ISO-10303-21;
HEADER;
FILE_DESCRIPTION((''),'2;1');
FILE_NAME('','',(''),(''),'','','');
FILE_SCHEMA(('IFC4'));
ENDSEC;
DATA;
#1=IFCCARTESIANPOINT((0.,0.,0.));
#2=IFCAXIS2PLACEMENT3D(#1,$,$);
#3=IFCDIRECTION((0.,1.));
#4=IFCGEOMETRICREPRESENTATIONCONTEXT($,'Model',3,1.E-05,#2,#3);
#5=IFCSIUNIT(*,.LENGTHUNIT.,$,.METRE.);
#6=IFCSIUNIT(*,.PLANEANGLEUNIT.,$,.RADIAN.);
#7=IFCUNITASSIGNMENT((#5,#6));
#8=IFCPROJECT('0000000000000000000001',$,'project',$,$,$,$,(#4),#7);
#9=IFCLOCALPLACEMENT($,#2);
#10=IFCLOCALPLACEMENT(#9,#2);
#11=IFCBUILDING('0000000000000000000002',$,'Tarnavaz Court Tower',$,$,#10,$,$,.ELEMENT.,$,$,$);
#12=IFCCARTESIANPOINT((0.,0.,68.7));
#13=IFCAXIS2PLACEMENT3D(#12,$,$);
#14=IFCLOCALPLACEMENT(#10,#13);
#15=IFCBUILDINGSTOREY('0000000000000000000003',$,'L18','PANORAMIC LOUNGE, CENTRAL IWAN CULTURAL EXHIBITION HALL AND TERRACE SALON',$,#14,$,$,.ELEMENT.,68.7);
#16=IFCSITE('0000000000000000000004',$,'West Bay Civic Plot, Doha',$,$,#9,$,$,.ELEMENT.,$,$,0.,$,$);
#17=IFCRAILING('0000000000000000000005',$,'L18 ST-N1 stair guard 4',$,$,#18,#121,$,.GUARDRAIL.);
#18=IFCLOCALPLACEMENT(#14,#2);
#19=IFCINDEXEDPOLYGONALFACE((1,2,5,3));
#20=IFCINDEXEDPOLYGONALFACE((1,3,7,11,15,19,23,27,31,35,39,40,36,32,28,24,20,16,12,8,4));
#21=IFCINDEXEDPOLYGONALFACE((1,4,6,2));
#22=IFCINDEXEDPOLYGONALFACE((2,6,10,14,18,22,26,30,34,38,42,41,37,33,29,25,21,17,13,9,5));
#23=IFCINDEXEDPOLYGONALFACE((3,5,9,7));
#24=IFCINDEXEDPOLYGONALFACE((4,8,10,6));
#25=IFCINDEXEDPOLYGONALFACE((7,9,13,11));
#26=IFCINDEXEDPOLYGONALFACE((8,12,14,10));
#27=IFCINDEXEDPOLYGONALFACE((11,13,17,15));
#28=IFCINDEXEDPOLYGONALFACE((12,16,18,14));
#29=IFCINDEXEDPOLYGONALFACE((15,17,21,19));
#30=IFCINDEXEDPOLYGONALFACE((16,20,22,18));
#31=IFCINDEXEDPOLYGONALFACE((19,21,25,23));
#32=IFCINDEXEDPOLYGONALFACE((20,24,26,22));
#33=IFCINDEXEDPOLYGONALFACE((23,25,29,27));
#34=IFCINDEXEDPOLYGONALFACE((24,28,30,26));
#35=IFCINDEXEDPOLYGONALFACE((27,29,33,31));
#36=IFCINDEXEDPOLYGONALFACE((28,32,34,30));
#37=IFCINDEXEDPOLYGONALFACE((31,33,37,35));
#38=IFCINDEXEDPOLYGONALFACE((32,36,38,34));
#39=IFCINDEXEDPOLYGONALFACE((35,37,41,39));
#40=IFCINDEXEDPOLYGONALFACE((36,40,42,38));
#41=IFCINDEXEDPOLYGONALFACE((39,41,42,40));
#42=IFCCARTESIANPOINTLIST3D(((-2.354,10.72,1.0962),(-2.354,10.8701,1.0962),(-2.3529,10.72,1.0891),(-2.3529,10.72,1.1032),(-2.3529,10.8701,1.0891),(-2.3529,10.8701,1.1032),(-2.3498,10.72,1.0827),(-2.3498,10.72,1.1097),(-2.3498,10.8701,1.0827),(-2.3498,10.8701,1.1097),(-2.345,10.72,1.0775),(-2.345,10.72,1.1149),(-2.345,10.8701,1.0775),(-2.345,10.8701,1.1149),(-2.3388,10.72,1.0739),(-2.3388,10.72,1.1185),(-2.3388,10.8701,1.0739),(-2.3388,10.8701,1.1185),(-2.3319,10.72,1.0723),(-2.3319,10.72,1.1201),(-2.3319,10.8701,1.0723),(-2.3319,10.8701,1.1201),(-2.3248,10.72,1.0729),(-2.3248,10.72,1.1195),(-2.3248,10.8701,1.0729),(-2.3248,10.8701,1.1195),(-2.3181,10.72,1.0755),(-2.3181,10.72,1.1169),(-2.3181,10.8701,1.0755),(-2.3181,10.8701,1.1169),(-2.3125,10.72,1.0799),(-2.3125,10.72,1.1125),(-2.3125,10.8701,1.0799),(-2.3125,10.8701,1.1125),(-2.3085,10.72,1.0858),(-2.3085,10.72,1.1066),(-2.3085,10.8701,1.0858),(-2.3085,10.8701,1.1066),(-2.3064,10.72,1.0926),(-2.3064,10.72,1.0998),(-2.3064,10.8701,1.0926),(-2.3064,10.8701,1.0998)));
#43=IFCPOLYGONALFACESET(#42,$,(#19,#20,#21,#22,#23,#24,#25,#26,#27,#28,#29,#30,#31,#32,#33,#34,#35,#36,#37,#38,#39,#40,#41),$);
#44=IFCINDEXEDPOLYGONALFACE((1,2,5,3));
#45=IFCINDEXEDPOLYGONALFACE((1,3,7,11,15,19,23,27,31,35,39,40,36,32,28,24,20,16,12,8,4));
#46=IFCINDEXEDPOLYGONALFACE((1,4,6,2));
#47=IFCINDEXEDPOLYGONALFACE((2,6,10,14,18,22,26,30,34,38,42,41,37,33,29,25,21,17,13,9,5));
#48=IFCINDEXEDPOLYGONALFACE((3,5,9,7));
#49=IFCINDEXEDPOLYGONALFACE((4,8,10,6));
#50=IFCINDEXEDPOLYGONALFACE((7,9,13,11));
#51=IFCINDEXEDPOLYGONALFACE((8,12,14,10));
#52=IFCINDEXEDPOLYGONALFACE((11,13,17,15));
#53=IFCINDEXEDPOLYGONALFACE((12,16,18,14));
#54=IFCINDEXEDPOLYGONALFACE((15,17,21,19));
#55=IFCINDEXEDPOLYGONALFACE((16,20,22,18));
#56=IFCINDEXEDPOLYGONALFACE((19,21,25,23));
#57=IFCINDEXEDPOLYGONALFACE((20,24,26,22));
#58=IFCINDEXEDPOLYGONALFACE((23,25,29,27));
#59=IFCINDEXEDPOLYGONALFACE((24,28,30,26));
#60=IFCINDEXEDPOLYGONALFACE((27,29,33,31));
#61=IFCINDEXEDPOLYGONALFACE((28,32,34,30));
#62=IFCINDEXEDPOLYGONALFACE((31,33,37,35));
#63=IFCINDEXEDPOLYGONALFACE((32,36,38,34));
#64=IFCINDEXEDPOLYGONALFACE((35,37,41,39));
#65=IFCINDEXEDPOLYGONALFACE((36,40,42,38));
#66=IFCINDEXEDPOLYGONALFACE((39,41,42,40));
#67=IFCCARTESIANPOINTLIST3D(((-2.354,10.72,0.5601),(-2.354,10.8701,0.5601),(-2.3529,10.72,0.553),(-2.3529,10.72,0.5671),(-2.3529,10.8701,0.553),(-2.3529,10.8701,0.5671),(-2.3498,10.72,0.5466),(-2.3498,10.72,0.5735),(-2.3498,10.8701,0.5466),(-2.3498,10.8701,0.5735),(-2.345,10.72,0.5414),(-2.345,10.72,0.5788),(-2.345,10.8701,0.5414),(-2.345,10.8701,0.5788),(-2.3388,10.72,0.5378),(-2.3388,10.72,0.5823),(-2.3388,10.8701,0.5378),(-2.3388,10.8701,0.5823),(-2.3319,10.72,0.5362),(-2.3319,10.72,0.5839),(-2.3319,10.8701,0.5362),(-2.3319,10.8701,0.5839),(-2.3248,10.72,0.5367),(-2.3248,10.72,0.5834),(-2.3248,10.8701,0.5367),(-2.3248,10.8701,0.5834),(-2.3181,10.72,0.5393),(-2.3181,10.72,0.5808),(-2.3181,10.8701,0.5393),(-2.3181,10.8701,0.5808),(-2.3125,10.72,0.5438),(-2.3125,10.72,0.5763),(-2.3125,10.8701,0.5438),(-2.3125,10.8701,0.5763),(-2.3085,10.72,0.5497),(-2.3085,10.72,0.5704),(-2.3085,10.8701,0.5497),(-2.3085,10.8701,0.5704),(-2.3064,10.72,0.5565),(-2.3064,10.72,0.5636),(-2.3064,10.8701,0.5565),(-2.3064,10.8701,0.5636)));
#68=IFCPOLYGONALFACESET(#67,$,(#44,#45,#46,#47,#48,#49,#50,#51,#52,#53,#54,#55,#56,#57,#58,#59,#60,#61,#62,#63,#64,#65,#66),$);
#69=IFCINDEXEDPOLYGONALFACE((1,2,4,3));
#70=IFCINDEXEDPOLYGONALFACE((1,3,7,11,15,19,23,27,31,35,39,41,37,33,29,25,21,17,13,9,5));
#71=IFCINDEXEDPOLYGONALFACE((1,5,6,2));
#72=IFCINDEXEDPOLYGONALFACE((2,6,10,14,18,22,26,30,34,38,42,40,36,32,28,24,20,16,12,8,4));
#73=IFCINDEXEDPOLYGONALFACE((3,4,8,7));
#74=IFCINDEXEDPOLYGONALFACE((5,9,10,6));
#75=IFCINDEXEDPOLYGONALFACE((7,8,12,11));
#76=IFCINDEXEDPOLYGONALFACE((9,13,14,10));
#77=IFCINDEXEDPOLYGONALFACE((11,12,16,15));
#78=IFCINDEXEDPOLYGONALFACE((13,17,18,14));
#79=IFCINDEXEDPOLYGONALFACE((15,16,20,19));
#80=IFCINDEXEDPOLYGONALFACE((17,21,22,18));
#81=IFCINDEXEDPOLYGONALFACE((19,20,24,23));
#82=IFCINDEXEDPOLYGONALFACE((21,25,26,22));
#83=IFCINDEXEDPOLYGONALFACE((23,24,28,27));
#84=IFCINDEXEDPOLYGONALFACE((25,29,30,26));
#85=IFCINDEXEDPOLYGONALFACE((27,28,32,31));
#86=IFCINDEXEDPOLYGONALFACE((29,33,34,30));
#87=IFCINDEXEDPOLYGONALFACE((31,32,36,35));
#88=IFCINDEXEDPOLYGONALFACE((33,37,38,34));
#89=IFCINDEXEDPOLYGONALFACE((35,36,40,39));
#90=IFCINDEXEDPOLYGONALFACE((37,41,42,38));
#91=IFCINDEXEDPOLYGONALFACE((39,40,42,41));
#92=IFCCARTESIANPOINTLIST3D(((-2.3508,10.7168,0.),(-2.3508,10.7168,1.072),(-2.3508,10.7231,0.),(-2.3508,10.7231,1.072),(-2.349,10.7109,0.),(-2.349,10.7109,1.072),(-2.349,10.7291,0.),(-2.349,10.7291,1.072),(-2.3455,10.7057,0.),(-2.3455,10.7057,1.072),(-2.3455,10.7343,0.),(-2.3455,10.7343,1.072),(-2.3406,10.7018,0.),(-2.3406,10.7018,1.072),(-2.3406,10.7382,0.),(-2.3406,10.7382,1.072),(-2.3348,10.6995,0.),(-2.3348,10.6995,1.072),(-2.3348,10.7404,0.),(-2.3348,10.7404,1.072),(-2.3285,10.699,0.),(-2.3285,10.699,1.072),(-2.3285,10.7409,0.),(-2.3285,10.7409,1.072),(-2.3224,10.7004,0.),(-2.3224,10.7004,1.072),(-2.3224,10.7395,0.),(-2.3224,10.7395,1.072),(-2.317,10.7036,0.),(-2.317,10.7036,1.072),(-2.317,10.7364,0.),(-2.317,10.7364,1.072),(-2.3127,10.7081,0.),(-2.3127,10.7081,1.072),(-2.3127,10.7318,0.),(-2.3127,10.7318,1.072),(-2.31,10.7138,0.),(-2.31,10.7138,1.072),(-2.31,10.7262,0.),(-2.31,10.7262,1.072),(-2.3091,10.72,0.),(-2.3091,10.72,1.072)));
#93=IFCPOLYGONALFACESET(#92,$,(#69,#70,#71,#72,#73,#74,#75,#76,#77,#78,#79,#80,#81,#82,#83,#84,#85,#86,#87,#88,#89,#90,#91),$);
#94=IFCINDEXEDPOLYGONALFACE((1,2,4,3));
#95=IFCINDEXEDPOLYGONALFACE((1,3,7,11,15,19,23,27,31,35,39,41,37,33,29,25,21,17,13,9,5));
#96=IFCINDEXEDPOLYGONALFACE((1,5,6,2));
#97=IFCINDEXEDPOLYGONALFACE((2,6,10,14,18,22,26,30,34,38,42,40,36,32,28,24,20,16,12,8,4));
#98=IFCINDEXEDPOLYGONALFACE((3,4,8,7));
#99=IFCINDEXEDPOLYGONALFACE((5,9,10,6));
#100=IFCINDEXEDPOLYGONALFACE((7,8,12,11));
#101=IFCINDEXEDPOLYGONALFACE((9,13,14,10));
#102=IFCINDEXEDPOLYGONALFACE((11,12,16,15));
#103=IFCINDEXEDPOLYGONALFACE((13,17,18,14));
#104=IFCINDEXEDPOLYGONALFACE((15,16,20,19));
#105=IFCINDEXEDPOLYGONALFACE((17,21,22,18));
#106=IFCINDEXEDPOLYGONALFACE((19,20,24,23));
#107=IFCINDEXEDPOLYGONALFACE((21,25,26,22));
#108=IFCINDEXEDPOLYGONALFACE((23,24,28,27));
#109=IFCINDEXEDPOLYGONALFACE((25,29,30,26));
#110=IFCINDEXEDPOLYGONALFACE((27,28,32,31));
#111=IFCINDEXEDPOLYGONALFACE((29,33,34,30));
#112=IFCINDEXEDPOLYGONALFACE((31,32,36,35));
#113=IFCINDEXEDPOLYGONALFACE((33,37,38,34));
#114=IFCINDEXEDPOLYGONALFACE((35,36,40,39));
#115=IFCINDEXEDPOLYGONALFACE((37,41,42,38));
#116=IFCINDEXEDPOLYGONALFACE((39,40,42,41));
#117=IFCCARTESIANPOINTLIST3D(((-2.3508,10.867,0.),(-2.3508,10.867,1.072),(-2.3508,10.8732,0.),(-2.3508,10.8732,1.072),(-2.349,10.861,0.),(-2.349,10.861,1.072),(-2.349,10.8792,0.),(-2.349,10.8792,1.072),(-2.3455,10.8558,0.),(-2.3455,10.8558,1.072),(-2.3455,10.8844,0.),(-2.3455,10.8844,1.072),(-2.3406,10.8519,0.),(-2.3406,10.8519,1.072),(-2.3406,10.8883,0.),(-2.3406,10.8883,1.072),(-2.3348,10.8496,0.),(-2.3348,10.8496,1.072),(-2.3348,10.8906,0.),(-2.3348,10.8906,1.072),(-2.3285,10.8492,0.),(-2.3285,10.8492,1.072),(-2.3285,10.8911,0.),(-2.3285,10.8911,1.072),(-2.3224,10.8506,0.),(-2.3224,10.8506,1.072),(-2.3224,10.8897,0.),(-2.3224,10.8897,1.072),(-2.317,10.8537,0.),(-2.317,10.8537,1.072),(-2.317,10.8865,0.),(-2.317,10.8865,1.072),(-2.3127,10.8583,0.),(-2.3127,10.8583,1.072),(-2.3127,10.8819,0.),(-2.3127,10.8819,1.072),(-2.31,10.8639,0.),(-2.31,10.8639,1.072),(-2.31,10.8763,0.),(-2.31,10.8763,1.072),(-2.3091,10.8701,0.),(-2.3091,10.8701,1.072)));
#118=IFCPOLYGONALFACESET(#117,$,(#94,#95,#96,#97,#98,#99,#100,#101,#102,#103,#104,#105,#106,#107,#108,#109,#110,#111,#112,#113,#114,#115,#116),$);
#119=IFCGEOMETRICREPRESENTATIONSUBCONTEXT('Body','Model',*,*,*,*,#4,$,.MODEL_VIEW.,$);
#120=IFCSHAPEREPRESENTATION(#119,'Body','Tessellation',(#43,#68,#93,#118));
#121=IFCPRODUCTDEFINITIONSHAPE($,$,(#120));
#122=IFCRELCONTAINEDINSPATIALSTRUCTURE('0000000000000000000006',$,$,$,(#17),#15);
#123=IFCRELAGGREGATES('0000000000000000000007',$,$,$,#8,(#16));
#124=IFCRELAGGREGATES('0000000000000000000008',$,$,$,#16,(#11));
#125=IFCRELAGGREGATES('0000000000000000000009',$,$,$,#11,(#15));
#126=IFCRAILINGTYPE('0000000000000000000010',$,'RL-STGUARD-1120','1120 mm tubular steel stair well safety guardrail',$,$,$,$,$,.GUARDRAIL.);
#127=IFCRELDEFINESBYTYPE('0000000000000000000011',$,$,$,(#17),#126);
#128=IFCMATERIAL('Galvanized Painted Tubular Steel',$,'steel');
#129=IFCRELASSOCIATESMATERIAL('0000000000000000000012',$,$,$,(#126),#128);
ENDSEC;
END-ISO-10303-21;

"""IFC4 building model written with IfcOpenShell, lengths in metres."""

from ifc_helpers import new_model, si_unit, direction, frame, origin, origin_2d, place, context, subcontext, project, spatial, circle, extrude, material, type_object, element, save


model = new_model("IFC4")

# Units and contexts
model_context = context("Model", 3, precision=1e-05, world=origin(), true_north=direction((0.0, 1.0)))
body_context = subcontext(model_context, "Body", "Model", "MODEL_VIEW")
ifc_project = project(units=[si_unit("LENGTHUNIT", "METRE"), si_unit("PLANEANGLEUNIT", "RADIAN")], contexts=[model_context])

# Site, building, storey
site_placement = place(None, origin())
site = spatial("IfcSite", under=ifc_project, at=site_placement, Name="West Bay Civic Plot, Doha", CompositionType="ELEMENT", RefElevation=0.0)
building_placement = place(site_placement, origin())
building = spatial("IfcBuilding", under=site, at=building_placement, Name="Tarnavaz Court Tower", CompositionType="ELEMENT")
storey_placement = place(building_placement, frame((0.0, 0.0, 68.7)))
storey = spatial("IfcBuildingStorey", under=building, at=storey_placement, Name="L18", Description="PANORAMIC LOUNGE, CENTRAL IWAN CULTURAL EXHIBITION HALL AND TERRACE SALON", CompositionType="ELEMENT", Elevation=68.7)

# Railing
ifc_material_1 = material(Name="Galvanized Painted Tubular Steel", Category="steel")
railing_type_1 = type_object("IfcRailingType", Name="RL-STGUARD-1120", Description="1120 mm tubular steel stair well safety guardrail", PredefinedType="GUARDRAIL", material=ifc_material_1)
railing_1_placement = place(storey_placement, frame((-2.3301, 10.72, 0.0)))
element("IfcRailing", 1, at=railing_1_placement, inside=storey, type_object=railing_type_1, Name="L18 ST-N1 stair guard 4", PredefinedType="GUARDRAIL", context=body_context, shape_type="SweptSolid", body=[
    extrude(circle(Radius=0.0239, at=origin_2d()), frame((0.0, 0.0, 1.0962), z_axis=(0.0, 1.0, 0.0), x_axis=(-1.0, 0.0, 0.0)), (0.0, 0.0, 1.0), 0.1501),
    extrude(circle(Radius=0.0239, at=origin_2d()), frame((0.0, 0.0, 0.5601), z_axis=(0.0, 1.0, 0.0), x_axis=(-1.0, 0.0, 0.0)), (0.0, 0.0, 1.0), 0.1501),
    extrude(circle(Radius=0.021, at=origin_2d()), origin(), (0.0, 0.0, 1.0), 1.072),
    extrude(circle(Radius=0.021, at=origin_2d()), frame((0.0, 0.1501, 0.0)), (0.0, 0.0, 1.0), 1.072),
])

save(model, "model.ifc")
